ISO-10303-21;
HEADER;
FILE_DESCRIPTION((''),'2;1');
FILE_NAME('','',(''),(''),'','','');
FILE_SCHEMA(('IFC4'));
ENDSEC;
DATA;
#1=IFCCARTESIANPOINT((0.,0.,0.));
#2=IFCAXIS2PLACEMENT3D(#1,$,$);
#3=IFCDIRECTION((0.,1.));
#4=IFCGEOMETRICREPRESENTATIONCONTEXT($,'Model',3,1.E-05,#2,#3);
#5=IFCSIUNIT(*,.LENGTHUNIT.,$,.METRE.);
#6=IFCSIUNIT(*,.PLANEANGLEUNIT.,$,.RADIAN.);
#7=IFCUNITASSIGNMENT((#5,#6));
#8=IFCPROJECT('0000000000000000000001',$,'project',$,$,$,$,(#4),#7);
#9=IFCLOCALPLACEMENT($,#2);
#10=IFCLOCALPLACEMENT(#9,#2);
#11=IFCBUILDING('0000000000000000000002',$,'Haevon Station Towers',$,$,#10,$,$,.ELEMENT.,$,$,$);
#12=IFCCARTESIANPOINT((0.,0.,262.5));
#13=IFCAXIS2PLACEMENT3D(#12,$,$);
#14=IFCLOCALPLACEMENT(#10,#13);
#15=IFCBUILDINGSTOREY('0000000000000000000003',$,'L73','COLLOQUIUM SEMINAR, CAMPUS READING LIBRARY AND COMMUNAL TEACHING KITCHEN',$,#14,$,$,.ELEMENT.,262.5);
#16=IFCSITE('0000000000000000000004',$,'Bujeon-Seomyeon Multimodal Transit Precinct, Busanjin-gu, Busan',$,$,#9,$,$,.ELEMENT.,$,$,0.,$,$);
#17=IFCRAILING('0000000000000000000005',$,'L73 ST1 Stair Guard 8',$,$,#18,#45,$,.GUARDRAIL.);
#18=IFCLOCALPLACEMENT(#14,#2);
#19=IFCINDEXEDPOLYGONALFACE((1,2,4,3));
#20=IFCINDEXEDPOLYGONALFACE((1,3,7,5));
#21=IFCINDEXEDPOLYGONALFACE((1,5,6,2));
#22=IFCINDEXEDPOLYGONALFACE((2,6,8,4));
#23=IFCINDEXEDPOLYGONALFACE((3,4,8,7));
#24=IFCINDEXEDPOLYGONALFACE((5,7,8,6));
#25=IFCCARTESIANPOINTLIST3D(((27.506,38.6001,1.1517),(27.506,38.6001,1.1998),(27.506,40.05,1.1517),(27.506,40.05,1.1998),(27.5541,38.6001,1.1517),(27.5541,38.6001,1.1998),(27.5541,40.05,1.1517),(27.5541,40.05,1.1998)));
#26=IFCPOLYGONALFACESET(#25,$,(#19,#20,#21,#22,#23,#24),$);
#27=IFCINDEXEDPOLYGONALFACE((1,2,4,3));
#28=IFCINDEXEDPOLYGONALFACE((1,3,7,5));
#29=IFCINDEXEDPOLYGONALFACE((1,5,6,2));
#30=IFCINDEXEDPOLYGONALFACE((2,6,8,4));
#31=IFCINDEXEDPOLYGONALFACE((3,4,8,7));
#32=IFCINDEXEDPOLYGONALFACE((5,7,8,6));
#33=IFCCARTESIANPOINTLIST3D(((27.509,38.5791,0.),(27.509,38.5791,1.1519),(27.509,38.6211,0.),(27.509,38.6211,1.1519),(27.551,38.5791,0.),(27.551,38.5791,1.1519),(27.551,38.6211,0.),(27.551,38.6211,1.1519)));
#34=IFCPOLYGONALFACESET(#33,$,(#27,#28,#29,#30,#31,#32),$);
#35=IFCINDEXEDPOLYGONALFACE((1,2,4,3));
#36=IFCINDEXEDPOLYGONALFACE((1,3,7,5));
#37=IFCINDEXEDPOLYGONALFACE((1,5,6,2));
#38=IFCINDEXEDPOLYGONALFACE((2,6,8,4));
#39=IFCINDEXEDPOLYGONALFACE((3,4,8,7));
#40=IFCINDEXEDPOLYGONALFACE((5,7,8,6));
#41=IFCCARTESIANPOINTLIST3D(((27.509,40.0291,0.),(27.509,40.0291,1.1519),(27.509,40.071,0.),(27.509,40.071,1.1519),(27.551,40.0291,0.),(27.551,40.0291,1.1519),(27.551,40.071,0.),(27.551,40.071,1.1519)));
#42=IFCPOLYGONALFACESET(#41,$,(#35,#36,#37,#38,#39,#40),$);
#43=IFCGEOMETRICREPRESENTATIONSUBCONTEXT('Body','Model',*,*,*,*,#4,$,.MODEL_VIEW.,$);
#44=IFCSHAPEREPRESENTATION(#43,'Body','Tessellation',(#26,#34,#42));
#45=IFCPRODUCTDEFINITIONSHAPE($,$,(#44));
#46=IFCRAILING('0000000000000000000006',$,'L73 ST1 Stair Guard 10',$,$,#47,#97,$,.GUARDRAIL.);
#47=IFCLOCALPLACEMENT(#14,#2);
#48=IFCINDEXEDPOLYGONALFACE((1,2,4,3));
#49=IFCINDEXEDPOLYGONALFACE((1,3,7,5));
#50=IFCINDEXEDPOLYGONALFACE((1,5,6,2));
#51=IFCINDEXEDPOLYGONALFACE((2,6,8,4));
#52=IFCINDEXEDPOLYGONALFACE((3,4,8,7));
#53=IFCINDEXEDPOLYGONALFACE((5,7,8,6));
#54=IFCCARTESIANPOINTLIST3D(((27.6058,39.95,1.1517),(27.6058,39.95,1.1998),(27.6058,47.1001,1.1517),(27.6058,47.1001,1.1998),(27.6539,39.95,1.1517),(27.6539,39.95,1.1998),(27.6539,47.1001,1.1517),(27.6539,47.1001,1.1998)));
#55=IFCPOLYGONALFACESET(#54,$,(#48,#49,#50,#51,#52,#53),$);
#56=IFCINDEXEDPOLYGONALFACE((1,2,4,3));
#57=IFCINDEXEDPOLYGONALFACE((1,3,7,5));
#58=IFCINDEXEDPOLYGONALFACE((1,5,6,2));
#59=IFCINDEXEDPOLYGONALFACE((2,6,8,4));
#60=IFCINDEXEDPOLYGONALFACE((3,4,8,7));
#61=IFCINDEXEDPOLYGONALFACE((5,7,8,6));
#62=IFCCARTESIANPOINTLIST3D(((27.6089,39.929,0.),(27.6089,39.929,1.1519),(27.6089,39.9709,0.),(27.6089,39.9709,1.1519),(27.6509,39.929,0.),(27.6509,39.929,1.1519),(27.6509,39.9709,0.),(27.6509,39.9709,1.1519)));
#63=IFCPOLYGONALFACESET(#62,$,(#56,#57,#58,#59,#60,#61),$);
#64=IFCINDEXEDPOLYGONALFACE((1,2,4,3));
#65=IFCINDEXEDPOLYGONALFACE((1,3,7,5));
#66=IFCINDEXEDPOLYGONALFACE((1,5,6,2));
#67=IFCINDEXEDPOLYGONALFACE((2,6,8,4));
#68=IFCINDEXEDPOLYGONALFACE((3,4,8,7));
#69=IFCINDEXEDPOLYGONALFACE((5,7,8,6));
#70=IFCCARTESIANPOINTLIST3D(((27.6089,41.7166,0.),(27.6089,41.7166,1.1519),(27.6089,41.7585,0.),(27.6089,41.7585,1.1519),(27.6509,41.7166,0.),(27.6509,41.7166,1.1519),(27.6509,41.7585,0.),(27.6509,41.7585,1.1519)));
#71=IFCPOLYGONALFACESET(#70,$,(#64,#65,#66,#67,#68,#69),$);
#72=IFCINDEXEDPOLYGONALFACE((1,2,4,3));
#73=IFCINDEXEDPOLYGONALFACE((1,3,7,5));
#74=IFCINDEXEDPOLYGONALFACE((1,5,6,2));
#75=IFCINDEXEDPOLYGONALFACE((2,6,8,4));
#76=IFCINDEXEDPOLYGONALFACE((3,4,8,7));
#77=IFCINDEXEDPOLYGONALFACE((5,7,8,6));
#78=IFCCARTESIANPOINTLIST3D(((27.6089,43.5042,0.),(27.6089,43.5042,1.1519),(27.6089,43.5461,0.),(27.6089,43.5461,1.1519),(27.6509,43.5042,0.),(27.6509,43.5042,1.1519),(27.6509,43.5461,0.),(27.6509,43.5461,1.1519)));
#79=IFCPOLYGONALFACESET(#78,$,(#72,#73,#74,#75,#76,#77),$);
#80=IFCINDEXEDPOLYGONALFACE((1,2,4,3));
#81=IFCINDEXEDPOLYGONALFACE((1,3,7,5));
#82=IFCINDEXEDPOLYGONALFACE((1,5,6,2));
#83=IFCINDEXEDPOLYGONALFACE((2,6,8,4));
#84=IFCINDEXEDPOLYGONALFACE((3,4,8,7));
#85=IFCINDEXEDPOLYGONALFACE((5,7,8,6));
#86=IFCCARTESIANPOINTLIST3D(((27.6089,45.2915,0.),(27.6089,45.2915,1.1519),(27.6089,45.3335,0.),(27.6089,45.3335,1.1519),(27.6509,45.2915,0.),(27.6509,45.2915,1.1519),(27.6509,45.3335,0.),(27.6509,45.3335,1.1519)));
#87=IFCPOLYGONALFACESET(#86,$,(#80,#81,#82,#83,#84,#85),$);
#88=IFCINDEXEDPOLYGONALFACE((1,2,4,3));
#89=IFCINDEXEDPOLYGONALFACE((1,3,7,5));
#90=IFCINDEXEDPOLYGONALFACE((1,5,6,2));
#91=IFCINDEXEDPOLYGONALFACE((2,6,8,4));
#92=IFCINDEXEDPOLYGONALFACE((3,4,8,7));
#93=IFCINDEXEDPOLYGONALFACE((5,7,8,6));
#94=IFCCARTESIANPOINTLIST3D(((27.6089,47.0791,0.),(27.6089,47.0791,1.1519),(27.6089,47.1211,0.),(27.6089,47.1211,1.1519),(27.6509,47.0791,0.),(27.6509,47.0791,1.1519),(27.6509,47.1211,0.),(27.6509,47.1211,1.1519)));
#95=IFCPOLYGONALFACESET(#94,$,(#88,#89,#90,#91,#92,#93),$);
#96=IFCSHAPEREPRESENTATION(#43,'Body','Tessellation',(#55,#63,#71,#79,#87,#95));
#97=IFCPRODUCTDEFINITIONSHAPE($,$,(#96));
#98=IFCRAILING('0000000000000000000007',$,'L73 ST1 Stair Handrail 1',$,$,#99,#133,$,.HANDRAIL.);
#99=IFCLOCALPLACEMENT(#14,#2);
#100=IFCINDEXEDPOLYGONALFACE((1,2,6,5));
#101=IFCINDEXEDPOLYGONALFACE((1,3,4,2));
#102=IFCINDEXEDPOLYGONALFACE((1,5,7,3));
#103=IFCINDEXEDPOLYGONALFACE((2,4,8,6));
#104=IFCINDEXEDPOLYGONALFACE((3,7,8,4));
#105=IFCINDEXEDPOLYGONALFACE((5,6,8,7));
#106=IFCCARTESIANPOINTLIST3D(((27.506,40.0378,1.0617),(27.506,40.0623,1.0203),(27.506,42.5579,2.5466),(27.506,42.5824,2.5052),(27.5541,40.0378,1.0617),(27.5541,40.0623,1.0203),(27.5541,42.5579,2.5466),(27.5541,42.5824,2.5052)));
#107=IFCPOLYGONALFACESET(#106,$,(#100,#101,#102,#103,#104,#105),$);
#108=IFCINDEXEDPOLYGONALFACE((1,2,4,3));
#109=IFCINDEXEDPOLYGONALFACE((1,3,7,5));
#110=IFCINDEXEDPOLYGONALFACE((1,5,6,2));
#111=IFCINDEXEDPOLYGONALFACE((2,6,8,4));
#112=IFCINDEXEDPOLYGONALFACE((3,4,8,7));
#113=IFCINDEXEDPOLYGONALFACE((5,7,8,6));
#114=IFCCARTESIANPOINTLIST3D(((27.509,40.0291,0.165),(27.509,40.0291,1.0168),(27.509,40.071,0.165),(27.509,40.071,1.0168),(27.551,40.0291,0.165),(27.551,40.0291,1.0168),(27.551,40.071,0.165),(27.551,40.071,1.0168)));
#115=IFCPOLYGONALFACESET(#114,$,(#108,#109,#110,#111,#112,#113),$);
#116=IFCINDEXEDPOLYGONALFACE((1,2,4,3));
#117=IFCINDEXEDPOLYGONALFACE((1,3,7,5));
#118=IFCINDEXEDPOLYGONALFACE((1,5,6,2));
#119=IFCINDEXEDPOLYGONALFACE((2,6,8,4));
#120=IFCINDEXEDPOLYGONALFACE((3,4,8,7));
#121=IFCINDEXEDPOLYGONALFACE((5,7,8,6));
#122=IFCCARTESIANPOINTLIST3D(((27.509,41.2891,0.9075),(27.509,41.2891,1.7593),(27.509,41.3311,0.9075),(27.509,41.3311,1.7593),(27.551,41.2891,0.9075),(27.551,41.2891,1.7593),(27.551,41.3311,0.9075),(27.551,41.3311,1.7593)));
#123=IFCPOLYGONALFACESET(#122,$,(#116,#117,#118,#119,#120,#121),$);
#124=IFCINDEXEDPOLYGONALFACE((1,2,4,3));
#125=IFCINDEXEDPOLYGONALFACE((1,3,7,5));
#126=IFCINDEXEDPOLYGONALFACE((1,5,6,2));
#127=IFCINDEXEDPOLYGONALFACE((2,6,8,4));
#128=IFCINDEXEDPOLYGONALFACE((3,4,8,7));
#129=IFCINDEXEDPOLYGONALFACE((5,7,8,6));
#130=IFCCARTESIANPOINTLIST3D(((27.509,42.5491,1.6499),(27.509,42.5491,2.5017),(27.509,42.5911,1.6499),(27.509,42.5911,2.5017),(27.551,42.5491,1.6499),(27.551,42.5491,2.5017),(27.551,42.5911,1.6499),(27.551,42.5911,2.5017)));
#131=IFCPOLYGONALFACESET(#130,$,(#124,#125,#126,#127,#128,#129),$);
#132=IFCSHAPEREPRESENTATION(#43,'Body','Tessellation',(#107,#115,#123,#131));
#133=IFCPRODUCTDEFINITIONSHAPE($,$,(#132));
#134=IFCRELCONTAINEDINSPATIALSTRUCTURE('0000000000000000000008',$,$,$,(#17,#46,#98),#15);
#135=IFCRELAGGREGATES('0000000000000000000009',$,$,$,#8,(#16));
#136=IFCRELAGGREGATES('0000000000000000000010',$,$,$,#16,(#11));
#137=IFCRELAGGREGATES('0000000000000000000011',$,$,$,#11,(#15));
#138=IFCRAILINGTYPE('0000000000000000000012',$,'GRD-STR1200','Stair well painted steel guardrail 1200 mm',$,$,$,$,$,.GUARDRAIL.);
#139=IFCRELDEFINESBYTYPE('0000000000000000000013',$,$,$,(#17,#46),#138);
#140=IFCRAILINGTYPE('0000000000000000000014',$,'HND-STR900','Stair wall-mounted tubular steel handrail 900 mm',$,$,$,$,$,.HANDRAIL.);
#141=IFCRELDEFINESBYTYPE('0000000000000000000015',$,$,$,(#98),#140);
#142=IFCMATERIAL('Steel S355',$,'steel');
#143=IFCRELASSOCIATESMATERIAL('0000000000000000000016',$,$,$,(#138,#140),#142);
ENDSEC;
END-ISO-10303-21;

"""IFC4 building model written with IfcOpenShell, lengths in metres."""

from ifc_helpers import new_model, si_unit, direction, frame, origin, origin_2d, place, context, subcontext, project, spatial, rectangle, extrude, material, type_object, element, save


model = new_model("IFC4")

# Units and contexts
model_context = context("Model", 3, precision=1e-05, world=origin(), true_north=direction((0.0, 1.0)))
body_context = subcontext(model_context, "Body", "Model", "MODEL_VIEW")
ifc_project = project(units=[si_unit("LENGTHUNIT", "METRE"), si_unit("PLANEANGLEUNIT", "RADIAN")], contexts=[model_context])

# Site, building, storey
site_placement = place(None, origin())
site = spatial("IfcSite", under=ifc_project, at=site_placement, Name="Bujeon-Seomyeon Multimodal Transit Precinct, Busanjin-gu, Busan", CompositionType="ELEMENT", RefElevation=0.0)
building_placement = place(site_placement, origin())
building = spatial("IfcBuilding", under=site, at=building_placement, Name="Haevon Station Towers", CompositionType="ELEMENT")
storey_placement = place(building_placement, frame((0.0, 0.0, 262.5)))
storey = spatial("IfcBuildingStorey", under=building, at=storey_placement, Name="L73", Description="COLLOQUIUM SEMINAR, CAMPUS READING LIBRARY AND COMMUNAL TEACHING KITCHEN", CompositionType="ELEMENT", Elevation=262.5)

# Shared definitions
ifc_material_1 = material(Name="Steel S355", Category="steel")

# Railings
railing_type_1 = type_object("IfcRailingType", Name="GRD-STR1200", Description="Stair well painted steel guardrail 1200 mm", PredefinedType="GUARDRAIL", material=ifc_material_1)
railing_1_placement = place(storey_placement, frame((27.53, 38.6001, 0.0)))
element("IfcRailing", 1, at=railing_1_placement, inside=storey, type_object=railing_type_1, Name="L73 ST1 Stair Guard 8", PredefinedType="GUARDRAIL", context=body_context, shape_type="SweptSolid", body=[
    extrude(rectangle(XDim=0.0481, YDim=0.0481, at=origin_2d()), frame((0.0, 0.0, 1.1758), z_axis=(0.0, 1.0, 0.0), x_axis=(-1.0, 0.0, 0.0)), (0.0, 0.0, 1.0), 1.45),
    extrude(rectangle(XDim=0.042, YDim=0.042, at=origin_2d()), origin(), (0.0, 0.0, 1.0), 1.1519),
    extrude(rectangle(XDim=0.042, YDim=0.042, at=origin_2d()), frame((0.0, 1.45, 0.0)), (0.0, 0.0, 1.0), 1.1519),
])
railing_2_placement = place(storey_placement, frame((27.6299, 39.95, 0.0)))
element("IfcRailing", 2, at=railing_2_placement, inside=storey, type_object=railing_type_1, Name="L73 ST1 Stair Guard 10", PredefinedType="GUARDRAIL", context=body_context, shape_type="SweptSolid", body=[
    extrude(rectangle(XDim=0.0481, YDim=0.0481, at=origin_2d()), frame((0.0, 0.0, 1.1758), z_axis=(0.0, 1.0, 0.0), x_axis=(-1.0, 0.0, 0.0)), (0.0, 0.0, 1.0), 7.1501),
    extrude(rectangle(XDim=0.042, YDim=0.042, at=origin_2d()), origin(), (0.0, 0.0, 1.0), 1.1519),
    extrude(rectangle(XDim=0.042, YDim=0.042, at=origin_2d()), frame((0.0, 1.7876, 0.0)), (0.0, 0.0, 1.0), 1.1519),
    extrude(rectangle(XDim=0.042, YDim=0.042, at=origin_2d()), frame((0.0, 3.5752, 0.0)), (0.0, 0.0, 1.0), 1.1519),
    extrude(rectangle(XDim=0.042, YDim=0.042, at=origin_2d()), frame((0.0, 5.3625, 0.0)), (0.0, 0.0, 1.0), 1.1519),
    extrude(rectangle(XDim=0.042, YDim=0.042, at=origin_2d()), frame((0.0, 7.1501, 0.0)), (0.0, 0.0, 1.0), 1.1519),
])
railing_type_2 = type_object("IfcRailingType", Name="HND-STR900", Description="Stair wall-mounted tubular steel handrail 900 mm", PredefinedType="HANDRAIL", material=ifc_material_1)
railing_3_placement = place(storey_placement, frame((27.53, 40.05, 0.165)))
element("IfcRailing", 3, at=railing_3_placement, inside=storey, type_object=railing_type_2, Name="L73 ST1 Stair Handrail 1", PredefinedType="HANDRAIL", context=body_context, shape_type="SweptSolid", body=[
    extrude(rectangle(XDim=0.0481, YDim=0.0481, at=origin_2d()), frame((0.0, 0.0, 0.876), z_axis=(0.0, 0.861561, 0.507655), x_axis=(-1.0, 0.0, 0.0)), (0.0, 0.0, 1.0), 2.925),
    extrude(rectangle(XDim=0.042, YDim=0.042, at=origin_2d()), origin(), (0.0, 0.0, 1.0), 0.8518),
    extrude(rectangle(XDim=0.042, YDim=0.042, at=origin_2d()), frame((0.0, 1.26, 0.7424)), (0.0, 0.0, 1.0), 0.8518),
    extrude(rectangle(XDim=0.042, YDim=0.042, at=origin_2d()), frame((0.0, 2.52, 1.4849)), (0.0, 0.0, 1.0), 0.8518),
])

save(model, "model.ifc")
